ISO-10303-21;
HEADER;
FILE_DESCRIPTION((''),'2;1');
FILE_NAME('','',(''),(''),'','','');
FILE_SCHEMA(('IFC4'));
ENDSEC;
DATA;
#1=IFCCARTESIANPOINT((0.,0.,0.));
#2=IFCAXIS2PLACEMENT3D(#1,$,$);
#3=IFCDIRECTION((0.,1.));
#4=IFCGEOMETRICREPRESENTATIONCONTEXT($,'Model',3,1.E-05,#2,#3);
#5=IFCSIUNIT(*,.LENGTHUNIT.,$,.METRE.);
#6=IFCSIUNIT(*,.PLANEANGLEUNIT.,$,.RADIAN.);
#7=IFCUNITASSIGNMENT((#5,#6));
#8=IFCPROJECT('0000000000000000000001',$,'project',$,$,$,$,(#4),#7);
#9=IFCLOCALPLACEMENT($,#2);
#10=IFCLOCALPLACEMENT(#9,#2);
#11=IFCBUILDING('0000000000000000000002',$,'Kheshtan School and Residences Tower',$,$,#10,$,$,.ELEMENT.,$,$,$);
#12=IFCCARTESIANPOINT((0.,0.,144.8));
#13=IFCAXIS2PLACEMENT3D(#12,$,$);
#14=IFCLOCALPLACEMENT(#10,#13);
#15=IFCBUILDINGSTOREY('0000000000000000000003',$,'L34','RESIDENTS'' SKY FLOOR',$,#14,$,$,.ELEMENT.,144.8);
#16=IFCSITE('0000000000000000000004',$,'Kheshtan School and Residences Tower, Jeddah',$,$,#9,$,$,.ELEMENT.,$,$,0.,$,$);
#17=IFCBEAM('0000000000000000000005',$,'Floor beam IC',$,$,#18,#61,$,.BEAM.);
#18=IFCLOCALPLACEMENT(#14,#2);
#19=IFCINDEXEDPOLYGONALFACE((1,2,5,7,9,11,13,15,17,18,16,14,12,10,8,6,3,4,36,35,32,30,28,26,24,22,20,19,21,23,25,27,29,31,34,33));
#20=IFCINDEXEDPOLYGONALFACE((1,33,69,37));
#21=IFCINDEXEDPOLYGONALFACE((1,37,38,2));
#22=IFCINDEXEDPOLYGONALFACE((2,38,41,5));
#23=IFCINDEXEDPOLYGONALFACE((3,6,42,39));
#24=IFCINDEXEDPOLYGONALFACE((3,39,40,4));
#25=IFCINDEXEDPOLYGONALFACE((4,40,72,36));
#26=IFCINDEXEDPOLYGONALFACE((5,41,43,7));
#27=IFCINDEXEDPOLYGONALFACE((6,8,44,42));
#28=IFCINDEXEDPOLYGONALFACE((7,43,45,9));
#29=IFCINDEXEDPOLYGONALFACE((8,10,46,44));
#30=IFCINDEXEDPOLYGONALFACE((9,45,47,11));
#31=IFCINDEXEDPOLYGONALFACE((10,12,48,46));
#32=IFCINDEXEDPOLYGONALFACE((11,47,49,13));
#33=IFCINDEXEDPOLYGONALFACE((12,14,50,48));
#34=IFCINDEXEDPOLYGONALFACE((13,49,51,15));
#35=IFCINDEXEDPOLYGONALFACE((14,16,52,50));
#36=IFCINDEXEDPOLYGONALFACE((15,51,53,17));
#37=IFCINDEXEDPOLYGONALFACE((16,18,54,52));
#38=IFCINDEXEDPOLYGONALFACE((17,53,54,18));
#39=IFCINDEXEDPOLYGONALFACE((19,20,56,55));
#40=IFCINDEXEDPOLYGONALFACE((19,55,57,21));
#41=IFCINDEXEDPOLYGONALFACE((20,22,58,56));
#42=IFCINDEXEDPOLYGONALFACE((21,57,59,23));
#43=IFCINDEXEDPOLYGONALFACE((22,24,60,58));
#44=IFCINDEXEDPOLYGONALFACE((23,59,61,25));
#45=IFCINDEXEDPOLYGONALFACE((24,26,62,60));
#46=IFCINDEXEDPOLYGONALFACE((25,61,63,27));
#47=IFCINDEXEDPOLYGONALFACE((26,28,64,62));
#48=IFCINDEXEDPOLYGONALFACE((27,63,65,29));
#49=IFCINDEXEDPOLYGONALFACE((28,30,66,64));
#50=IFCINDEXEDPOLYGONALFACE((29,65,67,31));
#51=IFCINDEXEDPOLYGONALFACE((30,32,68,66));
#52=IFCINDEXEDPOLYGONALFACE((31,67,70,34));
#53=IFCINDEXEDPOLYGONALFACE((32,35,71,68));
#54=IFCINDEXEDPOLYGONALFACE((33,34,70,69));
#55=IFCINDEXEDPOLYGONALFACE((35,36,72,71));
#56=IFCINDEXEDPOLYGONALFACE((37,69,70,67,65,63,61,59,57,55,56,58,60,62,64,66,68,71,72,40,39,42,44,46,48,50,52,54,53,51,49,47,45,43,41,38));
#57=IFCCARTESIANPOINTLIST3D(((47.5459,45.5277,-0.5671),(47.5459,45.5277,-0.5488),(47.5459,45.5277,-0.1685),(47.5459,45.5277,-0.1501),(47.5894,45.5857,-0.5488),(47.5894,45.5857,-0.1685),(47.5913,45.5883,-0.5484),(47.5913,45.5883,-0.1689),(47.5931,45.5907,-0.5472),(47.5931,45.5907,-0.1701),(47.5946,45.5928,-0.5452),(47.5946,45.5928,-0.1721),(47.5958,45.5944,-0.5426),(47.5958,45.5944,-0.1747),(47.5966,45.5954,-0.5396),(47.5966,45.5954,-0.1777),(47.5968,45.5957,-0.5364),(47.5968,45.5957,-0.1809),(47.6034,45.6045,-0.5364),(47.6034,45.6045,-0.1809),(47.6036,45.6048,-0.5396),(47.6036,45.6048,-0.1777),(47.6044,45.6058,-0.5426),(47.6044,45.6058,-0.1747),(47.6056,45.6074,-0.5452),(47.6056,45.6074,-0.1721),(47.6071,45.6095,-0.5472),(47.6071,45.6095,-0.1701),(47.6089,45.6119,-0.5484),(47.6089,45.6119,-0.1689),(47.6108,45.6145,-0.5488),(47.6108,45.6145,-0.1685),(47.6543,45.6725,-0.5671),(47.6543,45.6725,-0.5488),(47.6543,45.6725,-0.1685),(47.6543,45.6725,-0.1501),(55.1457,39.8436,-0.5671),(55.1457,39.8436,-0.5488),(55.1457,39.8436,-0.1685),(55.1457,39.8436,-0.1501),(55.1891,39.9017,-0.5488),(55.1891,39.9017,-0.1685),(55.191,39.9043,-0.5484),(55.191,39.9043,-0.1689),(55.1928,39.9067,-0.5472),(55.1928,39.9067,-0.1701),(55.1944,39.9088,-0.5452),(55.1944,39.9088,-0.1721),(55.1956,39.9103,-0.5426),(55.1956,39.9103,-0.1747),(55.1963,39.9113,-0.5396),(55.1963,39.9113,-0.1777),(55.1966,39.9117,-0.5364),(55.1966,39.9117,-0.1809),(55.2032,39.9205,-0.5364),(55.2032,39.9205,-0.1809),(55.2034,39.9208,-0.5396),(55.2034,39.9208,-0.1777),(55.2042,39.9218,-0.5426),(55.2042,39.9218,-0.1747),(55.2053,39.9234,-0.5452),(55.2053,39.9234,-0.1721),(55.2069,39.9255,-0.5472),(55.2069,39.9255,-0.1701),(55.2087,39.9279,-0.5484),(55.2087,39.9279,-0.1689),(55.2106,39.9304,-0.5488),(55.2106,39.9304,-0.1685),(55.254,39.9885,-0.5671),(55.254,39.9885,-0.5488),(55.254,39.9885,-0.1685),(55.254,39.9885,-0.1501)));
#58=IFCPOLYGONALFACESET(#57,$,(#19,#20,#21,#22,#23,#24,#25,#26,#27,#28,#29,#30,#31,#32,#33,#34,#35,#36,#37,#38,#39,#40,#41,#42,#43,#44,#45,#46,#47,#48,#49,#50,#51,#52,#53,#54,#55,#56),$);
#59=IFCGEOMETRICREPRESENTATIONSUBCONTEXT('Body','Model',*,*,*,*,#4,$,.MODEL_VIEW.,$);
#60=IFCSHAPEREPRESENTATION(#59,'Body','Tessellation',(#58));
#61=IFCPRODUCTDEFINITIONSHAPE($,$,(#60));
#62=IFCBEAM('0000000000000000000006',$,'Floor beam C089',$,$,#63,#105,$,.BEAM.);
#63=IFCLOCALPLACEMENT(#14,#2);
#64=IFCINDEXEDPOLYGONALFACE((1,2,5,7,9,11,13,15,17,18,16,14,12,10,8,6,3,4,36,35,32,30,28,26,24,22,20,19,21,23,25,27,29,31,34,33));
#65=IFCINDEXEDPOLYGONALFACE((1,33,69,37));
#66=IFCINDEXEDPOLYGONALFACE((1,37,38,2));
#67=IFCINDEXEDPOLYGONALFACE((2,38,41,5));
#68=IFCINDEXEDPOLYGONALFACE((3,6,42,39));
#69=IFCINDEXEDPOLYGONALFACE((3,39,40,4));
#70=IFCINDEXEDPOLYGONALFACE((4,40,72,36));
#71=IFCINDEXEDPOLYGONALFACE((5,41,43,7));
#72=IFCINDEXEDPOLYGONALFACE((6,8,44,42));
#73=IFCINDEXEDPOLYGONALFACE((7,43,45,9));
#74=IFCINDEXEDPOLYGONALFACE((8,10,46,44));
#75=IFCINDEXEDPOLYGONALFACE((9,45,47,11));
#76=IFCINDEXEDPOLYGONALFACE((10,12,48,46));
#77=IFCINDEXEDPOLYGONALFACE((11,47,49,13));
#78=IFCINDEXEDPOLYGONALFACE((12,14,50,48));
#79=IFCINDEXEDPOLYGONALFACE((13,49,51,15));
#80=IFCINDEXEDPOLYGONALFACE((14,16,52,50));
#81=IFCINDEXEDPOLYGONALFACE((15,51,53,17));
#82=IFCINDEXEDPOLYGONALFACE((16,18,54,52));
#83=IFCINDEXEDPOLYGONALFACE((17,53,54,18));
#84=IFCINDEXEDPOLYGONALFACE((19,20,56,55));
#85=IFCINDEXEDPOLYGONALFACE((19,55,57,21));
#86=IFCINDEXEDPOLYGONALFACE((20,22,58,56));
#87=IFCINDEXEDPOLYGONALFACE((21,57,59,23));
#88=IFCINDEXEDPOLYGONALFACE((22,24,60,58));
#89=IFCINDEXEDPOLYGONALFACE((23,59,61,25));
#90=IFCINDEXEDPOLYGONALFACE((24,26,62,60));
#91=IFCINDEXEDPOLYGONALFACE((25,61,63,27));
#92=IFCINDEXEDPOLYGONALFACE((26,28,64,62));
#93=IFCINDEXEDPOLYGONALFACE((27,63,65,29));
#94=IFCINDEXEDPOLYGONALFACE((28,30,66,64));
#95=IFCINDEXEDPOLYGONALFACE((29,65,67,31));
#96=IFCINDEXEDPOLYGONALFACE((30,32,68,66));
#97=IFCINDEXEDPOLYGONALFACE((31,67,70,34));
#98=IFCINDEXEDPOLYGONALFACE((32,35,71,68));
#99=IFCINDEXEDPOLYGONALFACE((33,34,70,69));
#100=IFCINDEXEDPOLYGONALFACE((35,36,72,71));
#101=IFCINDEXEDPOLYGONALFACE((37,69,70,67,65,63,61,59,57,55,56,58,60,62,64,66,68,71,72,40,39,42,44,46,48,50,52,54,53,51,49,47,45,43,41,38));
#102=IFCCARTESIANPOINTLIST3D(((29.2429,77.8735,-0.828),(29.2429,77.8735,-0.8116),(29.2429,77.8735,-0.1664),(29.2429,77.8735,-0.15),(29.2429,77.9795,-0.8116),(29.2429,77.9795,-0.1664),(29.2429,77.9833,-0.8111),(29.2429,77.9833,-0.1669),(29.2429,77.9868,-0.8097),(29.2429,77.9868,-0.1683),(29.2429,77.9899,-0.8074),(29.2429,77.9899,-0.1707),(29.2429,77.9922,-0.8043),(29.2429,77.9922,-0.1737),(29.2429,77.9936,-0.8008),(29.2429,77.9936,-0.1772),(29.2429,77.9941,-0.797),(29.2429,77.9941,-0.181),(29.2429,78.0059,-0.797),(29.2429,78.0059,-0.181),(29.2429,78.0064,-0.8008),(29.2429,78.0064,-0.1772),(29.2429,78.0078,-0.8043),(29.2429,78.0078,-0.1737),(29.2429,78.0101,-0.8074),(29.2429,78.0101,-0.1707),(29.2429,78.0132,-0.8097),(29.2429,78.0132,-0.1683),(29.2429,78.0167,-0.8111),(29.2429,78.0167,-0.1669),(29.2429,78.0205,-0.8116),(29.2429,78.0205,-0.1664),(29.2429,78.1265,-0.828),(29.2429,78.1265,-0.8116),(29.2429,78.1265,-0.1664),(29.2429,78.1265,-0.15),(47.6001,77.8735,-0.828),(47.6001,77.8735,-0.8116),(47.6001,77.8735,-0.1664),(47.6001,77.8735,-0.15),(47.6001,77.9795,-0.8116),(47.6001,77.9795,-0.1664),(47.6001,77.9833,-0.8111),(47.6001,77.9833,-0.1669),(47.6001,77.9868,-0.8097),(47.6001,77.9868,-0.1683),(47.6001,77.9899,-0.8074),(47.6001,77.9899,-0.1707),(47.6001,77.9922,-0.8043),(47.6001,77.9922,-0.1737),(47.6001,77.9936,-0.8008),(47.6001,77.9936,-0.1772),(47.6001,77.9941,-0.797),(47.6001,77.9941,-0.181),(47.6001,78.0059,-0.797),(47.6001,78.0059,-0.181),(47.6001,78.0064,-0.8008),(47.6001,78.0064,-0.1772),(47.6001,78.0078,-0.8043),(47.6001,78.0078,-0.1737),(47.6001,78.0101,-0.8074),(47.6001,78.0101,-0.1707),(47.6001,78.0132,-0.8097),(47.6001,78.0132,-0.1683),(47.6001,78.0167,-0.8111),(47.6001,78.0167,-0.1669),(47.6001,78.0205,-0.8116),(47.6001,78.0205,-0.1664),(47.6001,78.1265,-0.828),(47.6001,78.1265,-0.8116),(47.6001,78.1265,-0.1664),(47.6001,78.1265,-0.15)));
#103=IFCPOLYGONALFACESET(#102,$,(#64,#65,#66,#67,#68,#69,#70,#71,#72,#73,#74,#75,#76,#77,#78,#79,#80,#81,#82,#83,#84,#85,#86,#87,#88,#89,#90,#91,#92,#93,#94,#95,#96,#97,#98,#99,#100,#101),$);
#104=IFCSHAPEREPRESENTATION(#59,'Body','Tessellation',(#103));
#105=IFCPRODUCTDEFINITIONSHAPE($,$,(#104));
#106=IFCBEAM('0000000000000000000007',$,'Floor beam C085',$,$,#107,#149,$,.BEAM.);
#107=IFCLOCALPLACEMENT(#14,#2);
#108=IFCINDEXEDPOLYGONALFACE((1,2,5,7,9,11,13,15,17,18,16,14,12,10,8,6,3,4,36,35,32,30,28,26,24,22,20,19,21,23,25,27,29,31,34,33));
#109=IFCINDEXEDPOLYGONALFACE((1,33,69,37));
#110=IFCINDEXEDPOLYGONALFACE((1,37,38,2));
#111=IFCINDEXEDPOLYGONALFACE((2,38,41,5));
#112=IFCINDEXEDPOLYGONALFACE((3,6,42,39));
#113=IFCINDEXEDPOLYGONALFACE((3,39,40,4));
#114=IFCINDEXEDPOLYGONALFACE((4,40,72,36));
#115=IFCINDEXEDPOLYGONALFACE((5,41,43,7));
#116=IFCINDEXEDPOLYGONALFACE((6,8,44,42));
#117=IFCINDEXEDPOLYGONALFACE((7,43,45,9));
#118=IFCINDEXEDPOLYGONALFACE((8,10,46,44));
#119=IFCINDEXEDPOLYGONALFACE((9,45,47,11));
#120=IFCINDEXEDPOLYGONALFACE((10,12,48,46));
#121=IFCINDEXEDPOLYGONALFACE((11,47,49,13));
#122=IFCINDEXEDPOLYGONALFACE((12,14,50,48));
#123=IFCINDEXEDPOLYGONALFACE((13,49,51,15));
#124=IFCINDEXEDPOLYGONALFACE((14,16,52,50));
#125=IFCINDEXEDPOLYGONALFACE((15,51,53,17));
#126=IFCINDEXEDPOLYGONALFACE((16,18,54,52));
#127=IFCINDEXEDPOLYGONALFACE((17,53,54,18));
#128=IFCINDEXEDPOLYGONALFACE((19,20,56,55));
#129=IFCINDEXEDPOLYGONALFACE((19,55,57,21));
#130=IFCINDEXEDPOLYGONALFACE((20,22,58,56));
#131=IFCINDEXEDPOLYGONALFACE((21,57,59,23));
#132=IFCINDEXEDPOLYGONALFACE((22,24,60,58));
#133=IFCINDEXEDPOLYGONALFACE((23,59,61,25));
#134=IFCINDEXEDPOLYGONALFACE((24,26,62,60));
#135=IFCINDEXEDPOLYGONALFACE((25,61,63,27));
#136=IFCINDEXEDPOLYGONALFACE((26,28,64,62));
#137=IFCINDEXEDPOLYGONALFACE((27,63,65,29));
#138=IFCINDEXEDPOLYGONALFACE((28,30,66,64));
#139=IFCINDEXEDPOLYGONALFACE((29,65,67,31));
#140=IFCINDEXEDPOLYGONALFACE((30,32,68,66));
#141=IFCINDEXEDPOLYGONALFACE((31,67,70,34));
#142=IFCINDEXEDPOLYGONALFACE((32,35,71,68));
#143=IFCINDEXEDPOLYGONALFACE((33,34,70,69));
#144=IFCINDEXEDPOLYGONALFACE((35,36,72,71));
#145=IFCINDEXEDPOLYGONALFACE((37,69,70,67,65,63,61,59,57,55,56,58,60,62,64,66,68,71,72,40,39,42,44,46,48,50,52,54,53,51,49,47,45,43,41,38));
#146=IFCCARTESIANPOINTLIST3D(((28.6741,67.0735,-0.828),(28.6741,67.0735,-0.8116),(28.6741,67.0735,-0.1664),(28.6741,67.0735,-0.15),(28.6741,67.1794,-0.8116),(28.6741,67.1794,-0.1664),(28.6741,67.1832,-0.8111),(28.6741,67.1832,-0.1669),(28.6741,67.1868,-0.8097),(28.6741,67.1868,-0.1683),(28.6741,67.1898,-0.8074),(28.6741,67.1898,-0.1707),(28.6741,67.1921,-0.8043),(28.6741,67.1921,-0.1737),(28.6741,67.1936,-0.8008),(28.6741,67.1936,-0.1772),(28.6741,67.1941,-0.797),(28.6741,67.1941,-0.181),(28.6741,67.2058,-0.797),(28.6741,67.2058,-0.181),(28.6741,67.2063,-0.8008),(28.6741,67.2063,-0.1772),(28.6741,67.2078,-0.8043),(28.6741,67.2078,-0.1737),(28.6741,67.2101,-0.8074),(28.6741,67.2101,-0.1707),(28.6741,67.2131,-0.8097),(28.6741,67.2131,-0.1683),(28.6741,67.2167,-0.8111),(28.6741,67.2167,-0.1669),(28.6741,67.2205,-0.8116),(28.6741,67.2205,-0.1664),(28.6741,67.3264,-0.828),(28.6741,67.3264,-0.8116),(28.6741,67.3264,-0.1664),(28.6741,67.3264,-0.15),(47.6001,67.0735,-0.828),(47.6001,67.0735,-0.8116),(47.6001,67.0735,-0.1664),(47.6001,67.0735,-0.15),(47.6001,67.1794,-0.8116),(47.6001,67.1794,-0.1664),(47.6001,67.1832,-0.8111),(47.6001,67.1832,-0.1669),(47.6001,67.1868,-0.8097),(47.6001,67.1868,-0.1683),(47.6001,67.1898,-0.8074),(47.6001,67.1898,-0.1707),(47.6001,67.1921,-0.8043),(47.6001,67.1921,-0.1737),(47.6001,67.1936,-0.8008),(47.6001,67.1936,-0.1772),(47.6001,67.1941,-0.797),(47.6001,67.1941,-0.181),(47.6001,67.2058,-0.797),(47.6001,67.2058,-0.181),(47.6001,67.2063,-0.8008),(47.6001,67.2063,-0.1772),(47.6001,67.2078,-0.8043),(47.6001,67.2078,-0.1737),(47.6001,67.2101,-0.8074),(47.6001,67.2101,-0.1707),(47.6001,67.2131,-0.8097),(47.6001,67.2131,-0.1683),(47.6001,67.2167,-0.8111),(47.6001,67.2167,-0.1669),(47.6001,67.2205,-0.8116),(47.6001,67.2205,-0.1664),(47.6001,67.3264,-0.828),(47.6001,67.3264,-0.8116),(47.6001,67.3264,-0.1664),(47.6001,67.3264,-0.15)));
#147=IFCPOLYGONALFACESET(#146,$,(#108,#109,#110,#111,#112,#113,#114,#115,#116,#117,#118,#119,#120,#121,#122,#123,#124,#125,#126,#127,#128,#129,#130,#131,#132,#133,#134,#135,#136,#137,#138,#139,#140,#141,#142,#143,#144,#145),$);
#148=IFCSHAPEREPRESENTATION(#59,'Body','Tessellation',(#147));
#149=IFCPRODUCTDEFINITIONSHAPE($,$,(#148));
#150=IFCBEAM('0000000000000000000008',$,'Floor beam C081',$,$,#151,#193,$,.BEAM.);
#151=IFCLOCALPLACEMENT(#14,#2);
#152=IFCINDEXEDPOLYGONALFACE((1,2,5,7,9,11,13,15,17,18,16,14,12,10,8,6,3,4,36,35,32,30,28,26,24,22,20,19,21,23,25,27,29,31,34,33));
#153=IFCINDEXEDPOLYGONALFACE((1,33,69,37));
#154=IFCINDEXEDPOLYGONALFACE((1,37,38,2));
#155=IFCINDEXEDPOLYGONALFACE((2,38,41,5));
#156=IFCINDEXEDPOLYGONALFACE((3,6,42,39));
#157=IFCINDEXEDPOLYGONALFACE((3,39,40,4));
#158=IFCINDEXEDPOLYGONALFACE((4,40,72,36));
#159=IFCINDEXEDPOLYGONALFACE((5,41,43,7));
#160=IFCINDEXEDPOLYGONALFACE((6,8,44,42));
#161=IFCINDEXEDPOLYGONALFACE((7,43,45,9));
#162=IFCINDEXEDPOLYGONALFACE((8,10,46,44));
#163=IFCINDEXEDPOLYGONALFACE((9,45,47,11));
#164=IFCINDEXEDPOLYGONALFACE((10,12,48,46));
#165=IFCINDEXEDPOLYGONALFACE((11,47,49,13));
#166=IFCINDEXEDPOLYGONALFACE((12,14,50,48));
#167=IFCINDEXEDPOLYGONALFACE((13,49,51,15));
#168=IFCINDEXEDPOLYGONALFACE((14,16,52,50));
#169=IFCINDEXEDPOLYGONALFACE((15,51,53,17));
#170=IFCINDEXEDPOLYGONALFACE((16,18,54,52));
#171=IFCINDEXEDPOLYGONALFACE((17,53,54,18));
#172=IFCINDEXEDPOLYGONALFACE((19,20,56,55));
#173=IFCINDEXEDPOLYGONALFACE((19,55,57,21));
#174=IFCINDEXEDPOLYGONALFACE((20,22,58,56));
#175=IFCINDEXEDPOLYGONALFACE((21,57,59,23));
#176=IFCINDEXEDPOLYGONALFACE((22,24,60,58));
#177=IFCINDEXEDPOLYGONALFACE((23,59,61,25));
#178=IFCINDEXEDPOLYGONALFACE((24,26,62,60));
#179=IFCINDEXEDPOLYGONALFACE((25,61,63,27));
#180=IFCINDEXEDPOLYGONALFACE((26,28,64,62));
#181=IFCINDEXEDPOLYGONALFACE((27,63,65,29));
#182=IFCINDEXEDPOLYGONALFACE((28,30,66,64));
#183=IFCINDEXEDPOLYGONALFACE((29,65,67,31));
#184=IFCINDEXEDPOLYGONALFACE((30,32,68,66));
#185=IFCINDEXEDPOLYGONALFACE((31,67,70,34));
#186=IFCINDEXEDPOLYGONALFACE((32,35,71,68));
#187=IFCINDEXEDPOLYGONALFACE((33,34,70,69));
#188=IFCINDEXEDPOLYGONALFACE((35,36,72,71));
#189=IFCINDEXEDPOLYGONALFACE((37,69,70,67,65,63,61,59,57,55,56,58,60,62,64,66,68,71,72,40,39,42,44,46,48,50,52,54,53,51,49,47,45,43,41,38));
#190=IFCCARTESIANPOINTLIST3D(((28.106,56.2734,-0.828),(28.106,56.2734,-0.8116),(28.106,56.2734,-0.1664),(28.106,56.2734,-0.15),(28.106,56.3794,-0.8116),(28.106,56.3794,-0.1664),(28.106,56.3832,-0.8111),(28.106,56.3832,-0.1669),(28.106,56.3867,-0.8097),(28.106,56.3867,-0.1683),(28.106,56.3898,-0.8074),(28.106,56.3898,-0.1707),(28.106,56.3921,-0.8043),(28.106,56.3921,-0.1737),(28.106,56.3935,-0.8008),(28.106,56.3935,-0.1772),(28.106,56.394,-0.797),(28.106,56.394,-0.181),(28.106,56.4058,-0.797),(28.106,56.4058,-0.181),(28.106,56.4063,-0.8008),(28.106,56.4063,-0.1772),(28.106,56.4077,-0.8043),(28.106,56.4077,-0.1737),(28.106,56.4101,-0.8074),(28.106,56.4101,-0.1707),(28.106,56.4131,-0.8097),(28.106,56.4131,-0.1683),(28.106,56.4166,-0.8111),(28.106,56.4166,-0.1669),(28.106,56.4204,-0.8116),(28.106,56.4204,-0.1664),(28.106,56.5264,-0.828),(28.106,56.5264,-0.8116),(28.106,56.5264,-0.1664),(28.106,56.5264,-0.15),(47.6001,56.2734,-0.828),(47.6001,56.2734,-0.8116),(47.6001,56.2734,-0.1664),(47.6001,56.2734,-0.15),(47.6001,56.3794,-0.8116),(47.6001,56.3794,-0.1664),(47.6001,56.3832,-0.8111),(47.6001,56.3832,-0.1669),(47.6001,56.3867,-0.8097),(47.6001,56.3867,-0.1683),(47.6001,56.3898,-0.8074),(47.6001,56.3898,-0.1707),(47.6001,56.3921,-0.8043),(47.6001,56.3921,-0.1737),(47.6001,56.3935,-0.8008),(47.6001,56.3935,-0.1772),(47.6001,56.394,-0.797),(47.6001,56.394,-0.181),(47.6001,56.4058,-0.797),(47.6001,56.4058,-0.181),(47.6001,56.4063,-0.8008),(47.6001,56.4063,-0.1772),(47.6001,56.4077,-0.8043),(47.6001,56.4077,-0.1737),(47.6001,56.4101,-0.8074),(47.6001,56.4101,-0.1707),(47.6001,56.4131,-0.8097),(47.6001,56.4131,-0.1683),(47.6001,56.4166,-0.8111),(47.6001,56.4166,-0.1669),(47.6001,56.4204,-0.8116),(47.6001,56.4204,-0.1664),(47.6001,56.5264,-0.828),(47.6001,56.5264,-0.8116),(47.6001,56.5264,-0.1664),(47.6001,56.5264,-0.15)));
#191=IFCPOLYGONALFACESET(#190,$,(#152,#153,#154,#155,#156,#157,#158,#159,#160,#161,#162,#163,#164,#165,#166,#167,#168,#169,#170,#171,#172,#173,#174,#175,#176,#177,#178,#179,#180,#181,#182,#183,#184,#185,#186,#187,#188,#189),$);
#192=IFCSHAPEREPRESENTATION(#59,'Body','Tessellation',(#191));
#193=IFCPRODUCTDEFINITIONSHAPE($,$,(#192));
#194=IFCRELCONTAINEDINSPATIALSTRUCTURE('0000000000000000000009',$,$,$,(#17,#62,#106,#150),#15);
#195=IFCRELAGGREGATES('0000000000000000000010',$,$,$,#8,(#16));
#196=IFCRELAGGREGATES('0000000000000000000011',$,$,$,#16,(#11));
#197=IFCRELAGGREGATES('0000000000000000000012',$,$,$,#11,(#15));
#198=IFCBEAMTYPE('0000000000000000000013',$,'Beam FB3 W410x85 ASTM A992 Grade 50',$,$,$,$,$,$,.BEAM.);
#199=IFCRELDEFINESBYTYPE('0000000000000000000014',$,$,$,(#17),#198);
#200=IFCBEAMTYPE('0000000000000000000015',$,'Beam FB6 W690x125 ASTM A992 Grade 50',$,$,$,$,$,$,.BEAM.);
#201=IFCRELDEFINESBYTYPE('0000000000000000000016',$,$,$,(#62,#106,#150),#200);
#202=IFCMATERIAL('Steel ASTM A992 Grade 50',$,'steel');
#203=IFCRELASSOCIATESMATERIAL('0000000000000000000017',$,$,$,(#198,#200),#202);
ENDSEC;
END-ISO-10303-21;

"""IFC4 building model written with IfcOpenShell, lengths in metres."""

from ifc_helpers import new_model, si_unit, direction, frame, origin, origin_2d, place, context, subcontext, project, spatial, i_section, extrude, material, material_profile, profile_set, type_object, element, save


model = new_model("IFC4")

# Units and contexts
model_context = context("Model", 3, precision=1e-05, world=origin(), true_north=direction((0.0, 1.0)))
body_context = subcontext(model_context, "Body", "Model", "MODEL_VIEW")
ifc_project = project(units=[si_unit("LENGTHUNIT", "METRE"), si_unit("PLANEANGLEUNIT", "RADIAN")], contexts=[model_context])

# Site, building, storey
site_placement = place(None, origin())
site = spatial("IfcSite", under=ifc_project, at=site_placement, Name="Kheshtan School and Residences Tower, Jeddah", CompositionType="ELEMENT", RefElevation=0.0)
building_placement = place(site_placement, origin())
building = spatial("IfcBuilding", under=site, at=building_placement, Name="Kheshtan School and Residences Tower", CompositionType="ELEMENT")
storey_placement = place(building_placement, frame((0.0, 0.0, 144.8)))
storey = spatial("IfcBuildingStorey", under=building, at=storey_placement, Name="L34", Description="RESIDENTS' SKY FLOOR", CompositionType="ELEMENT", Elevation=144.8)

# Shared definitions
ifc_material_1 = material(Name="Steel ASTM A992 Grade 50", Category="steel")

# Beams
ifc_material_profile_1 = material_profile(ifc_material_1, i_section(OverallWidth=0.1809, OverallDepth=0.417, WebThickness=0.011, FlangeThickness=0.0183, FilletRadius=0.0125, at=origin_2d()), Name="W410x85")
ifc_profile_set_1 = profile_set([ifc_material_profile_1], Name="Steel ASTM A992 Grade 50")
beam_type_1 = type_object("IfcBeamType", Name="Beam FB3 W410x85 ASTM A992 Grade 50", PredefinedType="BEAM", material=ifc_profile_set_1)
beam_1_placement = place(storey_placement, frame((47.6001, 45.6001, -0.3586), z_axis=(0.800799, -0.598933, 0.0), x_axis=(0.598933, 0.800799, 0.0)))
element("IfcBeam", 1, at=beam_1_placement, inside=storey, type_object=beam_type_1, Name="Floor beam IC", PredefinedType="BEAM", context=body_context, shape_type="SweptSolid", body=[
    extrude(i_section(OverallWidth=0.1809, OverallDepth=0.417, WebThickness=0.011, FlangeThickness=0.0183, FilletRadius=0.0125, at=origin_2d()), origin(), (0.0, 0.0, 1.0), 9.4902),
])
ifc_material_profile_2 = material_profile(ifc_material_1, i_section(OverallWidth=0.2529, OverallDepth=0.678, WebThickness=0.0117, FlangeThickness=0.0164, FilletRadius=0.0146, at=origin_2d()), Name="W690x125")
ifc_profile_set_2 = profile_set([ifc_material_profile_2], Name="Steel ASTM A992 Grade 50")
beam_type_2 = type_object("IfcBeamType", Name="Beam FB6 W690x125 ASTM A992 Grade 50", PredefinedType="BEAM", material=ifc_profile_set_2)
beam_2_placement = place(storey_placement, frame((47.6001, 78.0, -0.489), z_axis=(-1.0, 0.0, 0.0), x_axis=(0.0, -1.0, 0.0)))
element("IfcBeam", 2, at=beam_2_placement, inside=storey, type_object=beam_type_2, Name="Floor beam C089", PredefinedType="BEAM", context=body_context, shape_type="SweptSolid", body=[
    extrude(i_section(OverallWidth=0.2529, OverallDepth=0.678, WebThickness=0.0117, FlangeThickness=0.0164, FilletRadius=0.0146, at=origin_2d()), origin(), (0.0, 0.0, 1.0), 18.3572),
])
beam_3_placement = place(storey_placement, frame((47.6001, 67.2, -0.489), z_axis=(-1.0, 0.0, 0.0), x_axis=(0.0, -1.0, 0.0)))
element("IfcBeam", 3, at=beam_3_placement, inside=storey, type_object=beam_type_2, Name="Floor beam C085", PredefinedType="BEAM", context=body_context, shape_type="SweptSolid", body=[
    extrude(i_section(OverallWidth=0.2529, OverallDepth=0.678, WebThickness=0.0117, FlangeThickness=0.0164, FilletRadius=0.0146, at=origin_2d()), origin(), (0.0, 0.0, 1.0), 18.926),
])
beam_4_placement = place(storey_placement, frame((47.6001, 56.3999, -0.489), z_axis=(-1.0, 0.0, 0.0), x_axis=(0.0, -1.0, 0.0)))
element("IfcBeam", 4, at=beam_4_placement, inside=storey, type_object=beam_type_2, Name="Floor beam C081", PredefinedType="BEAM", context=body_context, shape_type="SweptSolid", body=[
    extrude(i_section(OverallWidth=0.2529, OverallDepth=0.678, WebThickness=0.0117, FlangeThickness=0.0164, FilletRadius=0.0146, at=origin_2d()), origin(), (0.0, 0.0, 1.0), 19.4941),
])

save(model, "model.ifc")
